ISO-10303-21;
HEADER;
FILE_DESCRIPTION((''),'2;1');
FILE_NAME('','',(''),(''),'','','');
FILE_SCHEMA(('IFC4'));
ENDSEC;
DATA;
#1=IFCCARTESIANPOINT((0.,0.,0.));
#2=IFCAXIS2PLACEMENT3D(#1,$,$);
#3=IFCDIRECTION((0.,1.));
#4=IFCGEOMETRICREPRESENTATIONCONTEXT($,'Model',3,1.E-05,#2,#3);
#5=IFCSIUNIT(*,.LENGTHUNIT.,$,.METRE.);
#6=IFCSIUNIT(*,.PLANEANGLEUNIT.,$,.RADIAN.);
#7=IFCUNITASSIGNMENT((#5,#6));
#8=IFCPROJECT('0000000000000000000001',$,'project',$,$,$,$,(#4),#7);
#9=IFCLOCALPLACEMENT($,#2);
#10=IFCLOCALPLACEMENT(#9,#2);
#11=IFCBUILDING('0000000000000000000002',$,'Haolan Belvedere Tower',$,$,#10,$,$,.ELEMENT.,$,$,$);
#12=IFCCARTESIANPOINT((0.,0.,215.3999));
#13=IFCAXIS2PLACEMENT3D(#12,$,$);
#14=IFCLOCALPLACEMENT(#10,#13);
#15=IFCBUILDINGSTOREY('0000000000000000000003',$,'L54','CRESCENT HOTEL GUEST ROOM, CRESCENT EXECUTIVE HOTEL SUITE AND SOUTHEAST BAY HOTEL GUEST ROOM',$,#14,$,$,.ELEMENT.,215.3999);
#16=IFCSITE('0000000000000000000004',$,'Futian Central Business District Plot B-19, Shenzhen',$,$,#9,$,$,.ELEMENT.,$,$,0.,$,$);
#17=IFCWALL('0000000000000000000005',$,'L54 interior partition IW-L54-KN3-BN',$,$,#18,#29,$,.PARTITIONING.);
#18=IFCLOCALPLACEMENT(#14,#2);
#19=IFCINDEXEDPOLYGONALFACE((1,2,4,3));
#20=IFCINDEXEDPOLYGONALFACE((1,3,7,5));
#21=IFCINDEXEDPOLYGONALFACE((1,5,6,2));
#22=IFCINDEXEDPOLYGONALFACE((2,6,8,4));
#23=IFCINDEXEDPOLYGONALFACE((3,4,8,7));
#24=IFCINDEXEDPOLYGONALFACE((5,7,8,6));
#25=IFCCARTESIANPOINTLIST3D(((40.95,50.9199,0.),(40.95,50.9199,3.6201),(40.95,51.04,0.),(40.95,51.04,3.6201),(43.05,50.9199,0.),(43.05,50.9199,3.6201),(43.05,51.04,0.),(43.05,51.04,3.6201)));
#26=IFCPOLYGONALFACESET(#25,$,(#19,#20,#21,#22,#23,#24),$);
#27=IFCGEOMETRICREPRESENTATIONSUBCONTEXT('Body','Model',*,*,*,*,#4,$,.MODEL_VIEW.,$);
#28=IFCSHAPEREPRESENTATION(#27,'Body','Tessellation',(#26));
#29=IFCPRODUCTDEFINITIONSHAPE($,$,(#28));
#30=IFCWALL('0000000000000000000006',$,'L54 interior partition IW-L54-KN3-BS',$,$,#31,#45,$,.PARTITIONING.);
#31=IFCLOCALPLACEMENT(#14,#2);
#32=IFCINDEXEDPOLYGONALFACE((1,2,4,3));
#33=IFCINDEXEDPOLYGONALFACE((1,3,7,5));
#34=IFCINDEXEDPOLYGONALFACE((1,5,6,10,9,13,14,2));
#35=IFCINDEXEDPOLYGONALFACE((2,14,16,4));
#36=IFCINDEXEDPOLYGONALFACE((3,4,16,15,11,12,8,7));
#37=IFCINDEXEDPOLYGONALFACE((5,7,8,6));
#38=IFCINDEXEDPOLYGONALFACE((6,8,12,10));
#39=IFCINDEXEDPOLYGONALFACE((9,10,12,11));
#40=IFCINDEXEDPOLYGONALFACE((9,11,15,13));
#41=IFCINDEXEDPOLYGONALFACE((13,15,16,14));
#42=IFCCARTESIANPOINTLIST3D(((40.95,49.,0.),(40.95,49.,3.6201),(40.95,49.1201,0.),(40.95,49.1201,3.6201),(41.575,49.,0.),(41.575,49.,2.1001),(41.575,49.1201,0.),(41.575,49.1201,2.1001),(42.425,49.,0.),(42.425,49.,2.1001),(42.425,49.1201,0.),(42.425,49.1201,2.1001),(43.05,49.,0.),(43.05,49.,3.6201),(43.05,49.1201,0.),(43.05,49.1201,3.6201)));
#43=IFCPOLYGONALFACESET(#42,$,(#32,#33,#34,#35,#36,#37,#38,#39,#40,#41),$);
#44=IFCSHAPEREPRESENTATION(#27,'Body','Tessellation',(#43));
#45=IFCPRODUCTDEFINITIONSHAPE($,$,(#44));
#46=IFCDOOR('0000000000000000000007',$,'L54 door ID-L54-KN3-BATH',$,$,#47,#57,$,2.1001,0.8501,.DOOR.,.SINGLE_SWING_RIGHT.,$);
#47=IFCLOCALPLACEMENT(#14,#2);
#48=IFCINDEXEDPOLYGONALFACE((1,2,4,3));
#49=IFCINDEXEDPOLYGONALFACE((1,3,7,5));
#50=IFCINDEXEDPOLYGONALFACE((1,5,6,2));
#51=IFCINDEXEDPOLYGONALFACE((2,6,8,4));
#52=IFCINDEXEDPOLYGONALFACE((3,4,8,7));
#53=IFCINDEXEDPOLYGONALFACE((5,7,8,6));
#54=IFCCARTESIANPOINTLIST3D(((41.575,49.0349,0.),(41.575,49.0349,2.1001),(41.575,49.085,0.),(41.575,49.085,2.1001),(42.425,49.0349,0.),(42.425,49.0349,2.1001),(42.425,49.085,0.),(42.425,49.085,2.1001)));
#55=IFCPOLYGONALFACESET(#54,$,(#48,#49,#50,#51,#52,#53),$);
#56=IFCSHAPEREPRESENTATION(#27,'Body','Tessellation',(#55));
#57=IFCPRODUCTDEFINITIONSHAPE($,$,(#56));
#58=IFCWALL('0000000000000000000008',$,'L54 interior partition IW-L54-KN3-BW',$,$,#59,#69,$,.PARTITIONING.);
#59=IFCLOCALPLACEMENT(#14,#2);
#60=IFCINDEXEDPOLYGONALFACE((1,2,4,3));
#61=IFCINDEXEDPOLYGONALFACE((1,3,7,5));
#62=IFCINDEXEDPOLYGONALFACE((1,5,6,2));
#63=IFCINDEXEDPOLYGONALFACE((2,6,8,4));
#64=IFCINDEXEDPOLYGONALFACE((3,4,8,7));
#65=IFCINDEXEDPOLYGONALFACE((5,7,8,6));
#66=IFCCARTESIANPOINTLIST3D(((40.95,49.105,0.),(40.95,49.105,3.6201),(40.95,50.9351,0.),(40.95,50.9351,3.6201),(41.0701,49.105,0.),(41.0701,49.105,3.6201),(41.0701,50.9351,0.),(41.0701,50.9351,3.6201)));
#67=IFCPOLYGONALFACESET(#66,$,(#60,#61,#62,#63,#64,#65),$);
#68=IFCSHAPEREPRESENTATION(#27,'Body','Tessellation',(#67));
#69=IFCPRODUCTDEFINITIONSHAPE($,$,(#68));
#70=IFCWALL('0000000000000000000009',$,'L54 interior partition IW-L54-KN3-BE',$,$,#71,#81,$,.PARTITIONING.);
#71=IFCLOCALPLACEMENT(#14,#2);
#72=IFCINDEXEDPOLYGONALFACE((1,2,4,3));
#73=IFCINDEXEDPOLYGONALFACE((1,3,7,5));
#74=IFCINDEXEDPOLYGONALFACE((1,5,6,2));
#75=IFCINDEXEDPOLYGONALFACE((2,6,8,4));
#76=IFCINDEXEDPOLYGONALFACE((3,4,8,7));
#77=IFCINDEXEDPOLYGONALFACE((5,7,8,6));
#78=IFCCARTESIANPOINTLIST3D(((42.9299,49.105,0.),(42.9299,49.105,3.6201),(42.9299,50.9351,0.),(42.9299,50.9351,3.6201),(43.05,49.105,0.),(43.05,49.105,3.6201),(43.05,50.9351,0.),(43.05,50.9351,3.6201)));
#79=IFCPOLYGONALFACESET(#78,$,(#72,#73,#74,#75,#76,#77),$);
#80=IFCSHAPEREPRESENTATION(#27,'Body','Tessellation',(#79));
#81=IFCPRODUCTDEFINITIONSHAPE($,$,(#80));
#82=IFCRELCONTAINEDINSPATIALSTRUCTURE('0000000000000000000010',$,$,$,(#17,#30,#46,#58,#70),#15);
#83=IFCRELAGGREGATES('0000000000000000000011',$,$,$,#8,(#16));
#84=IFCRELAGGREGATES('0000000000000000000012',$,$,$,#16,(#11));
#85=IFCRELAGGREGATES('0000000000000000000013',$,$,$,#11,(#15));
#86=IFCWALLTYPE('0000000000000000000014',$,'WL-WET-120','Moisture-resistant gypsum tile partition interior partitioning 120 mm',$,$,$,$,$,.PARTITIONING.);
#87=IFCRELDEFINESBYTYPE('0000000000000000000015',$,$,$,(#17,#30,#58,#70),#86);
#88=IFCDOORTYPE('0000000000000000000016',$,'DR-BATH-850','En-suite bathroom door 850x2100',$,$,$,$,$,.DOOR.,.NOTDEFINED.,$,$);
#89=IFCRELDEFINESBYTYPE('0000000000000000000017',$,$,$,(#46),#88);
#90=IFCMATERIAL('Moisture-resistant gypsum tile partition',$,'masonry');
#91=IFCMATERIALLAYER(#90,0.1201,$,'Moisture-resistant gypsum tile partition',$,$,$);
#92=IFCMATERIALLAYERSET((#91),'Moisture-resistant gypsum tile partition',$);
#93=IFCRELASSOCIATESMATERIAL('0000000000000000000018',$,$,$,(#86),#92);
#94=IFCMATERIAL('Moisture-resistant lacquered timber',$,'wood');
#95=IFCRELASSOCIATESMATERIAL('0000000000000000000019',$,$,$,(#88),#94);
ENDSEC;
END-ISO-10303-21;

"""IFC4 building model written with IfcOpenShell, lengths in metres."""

from ifc_helpers import new_model, si_unit, direction, frame, frame_2d, origin, place, context, subcontext, project, spatial, rectangle, extrude, material, layer, layer_set, type_object, element, fill, save


model = new_model("IFC4")

# Units and contexts
model_context = context("Model", 3, precision=1e-05, world=origin(), true_north=direction((0.0, 1.0)))
body_context = subcontext(model_context, "Body", "Model", "MODEL_VIEW")
ifc_project = project(units=[si_unit("LENGTHUNIT", "METRE"), si_unit("PLANEANGLEUNIT", "RADIAN")], contexts=[model_context])

# Site, building, storey
site_placement = place(None, origin())
site = spatial("IfcSite", under=ifc_project, at=site_placement, Name="Futian Central Business District Plot B-19, Shenzhen", CompositionType="ELEMENT", RefElevation=0.0)
building_placement = place(site_placement, origin())
building = spatial("IfcBuilding", under=site, at=building_placement, Name="Haolan Belvedere Tower", CompositionType="ELEMENT")
storey_placement = place(building_placement, frame((0.0, 0.0, 215.3999)))
storey = spatial("IfcBuildingStorey", under=building, at=storey_placement, Name="L54", Description="CRESCENT HOTEL GUEST ROOM, CRESCENT EXECUTIVE HOTEL SUITE AND SOUTHEAST BAY HOTEL GUEST ROOM", CompositionType="ELEMENT", Elevation=215.3999)

# Wall
ifc_material_1 = material(Name="Moisture-resistant gypsum tile partition", Category="masonry")
ifc_layer_1 = layer(ifc_material_1, 0.1201, Name="Moisture-resistant gypsum tile partition")
ifc_layer_set_1 = layer_set([ifc_layer_1], Name="Moisture-resistant gypsum tile partition")
wall_type_1 = type_object("IfcWallType", Name="WL-WET-120", Description="Moisture-resistant gypsum tile partition interior partitioning 120 mm", PredefinedType="PARTITIONING", material=ifc_layer_set_1)
wall_1_placement = place(storey_placement, frame((40.95, 50.98, 0.0), z_axis=(0.0, 0.0, 1.0), x_axis=(1.0, 0.0, 0.0)))
element("IfcWall", 1, at=wall_1_placement, inside=storey, type_object=wall_type_1, Name="L54 interior partition IW-L54-KN3-BN", PredefinedType="PARTITIONING", context=body_context, shape_type="SweptSolid", body=[
    extrude(rectangle(XDim=2.1001, YDim=0.1201, at=frame_2d((1.05, 0.0))), origin(), (0.0, 0.0, 1.0), 3.6201),
])

# Wall, opening, door
wall_2_placement = place(storey_placement, frame((40.95, 49.0601, 0.0), z_axis=(0.0, 0.0, 1.0), x_axis=(1.0, 0.0, 0.0)))
wall_2 = element("IfcWall", 2, at=wall_2_placement, inside=storey, type_object=wall_type_1, Name="L54 interior partition IW-L54-KN3-BS", PredefinedType="PARTITIONING", context=body_context, shape_type="SweptSolid", body=[
    extrude(rectangle(XDim=2.1001, YDim=0.1201, at=frame_2d((1.05, 0.0))), origin(), (0.0, 0.0, 1.0), 3.6201),
])
opening_1_placement = place(wall_2_placement, frame((0.625, 0.0, 0.0)))
opening_1 = element("IfcOpeningElement", 3, at=opening_1_placement, cuts=wall_2, PredefinedType="OPENING", context=body_context, shape_type="SweptSolid", body=[
    extrude(rectangle(XDim=0.8501, YDim=2.1001, at=frame_2d((0.425, 1.05))), frame((0.0, 0.0701, 0.0), z_axis=(0.0, -1.0, 0.0), x_axis=(1.0, 0.0, 0.0)), (0.0, 0.0, 1.0), 0.1401),
])
ifc_material_2 = material(Name="Moisture-resistant lacquered timber", Category="wood")
door_type = type_object("IfcDoorType", Name="DR-BATH-850", Description="En-suite bathroom door 850x2100", OperationType="NOTDEFINED", PredefinedType="DOOR", material=ifc_material_2)
door_placement = place(opening_1_placement, origin())
door = element("IfcDoor", 4, at=door_placement, inside=storey, type_object=door_type, Name="L54 door ID-L54-KN3-BATH", OperationType="SINGLE_SWING_RIGHT", OverallHeight=2.1001, OverallWidth=0.8501, PredefinedType="DOOR", context=body_context, shape_type="SweptSolid", body=[
    extrude(rectangle(XDim=0.8501, YDim=2.1001, at=frame_2d((0.425, 1.05))), frame((0.0, 0.0249, 0.0), z_axis=(0.0, -1.0, 0.0), x_axis=(1.0, 0.0, 0.0)), (0.0, 0.0, 1.0), 0.05),
])
fill(opening_1, door)

# Walls
for number, where, z_axis, x_axis, name in (
    (5, (41.01, 49.105, 0.0), (0.0, 0.0, 1.0), (0.0, 1.0, 0.0), "L54 interior partition IW-L54-KN3-BW"),
    (6, (42.99, 49.105, 0.0), (0.0, 0.0, 1.0), (0.0, 1.0, 0.0), "L54 interior partition IW-L54-KN3-BE"),
):
    element("IfcWall", number, at=place(storey_placement, frame(where, z_axis=z_axis, x_axis=x_axis)), inside=storey, type_object=wall_type_1, Name=name, PredefinedType="PARTITIONING", context=body_context, shape_type="SweptSolid", body=[
        extrude(rectangle(XDim=1.8301, YDim=0.1201, at=frame_2d((0.915, 0.0))), origin(), (0.0, 0.0, 1.0), 3.6201),
    ])

save(model, "model.ifc")
